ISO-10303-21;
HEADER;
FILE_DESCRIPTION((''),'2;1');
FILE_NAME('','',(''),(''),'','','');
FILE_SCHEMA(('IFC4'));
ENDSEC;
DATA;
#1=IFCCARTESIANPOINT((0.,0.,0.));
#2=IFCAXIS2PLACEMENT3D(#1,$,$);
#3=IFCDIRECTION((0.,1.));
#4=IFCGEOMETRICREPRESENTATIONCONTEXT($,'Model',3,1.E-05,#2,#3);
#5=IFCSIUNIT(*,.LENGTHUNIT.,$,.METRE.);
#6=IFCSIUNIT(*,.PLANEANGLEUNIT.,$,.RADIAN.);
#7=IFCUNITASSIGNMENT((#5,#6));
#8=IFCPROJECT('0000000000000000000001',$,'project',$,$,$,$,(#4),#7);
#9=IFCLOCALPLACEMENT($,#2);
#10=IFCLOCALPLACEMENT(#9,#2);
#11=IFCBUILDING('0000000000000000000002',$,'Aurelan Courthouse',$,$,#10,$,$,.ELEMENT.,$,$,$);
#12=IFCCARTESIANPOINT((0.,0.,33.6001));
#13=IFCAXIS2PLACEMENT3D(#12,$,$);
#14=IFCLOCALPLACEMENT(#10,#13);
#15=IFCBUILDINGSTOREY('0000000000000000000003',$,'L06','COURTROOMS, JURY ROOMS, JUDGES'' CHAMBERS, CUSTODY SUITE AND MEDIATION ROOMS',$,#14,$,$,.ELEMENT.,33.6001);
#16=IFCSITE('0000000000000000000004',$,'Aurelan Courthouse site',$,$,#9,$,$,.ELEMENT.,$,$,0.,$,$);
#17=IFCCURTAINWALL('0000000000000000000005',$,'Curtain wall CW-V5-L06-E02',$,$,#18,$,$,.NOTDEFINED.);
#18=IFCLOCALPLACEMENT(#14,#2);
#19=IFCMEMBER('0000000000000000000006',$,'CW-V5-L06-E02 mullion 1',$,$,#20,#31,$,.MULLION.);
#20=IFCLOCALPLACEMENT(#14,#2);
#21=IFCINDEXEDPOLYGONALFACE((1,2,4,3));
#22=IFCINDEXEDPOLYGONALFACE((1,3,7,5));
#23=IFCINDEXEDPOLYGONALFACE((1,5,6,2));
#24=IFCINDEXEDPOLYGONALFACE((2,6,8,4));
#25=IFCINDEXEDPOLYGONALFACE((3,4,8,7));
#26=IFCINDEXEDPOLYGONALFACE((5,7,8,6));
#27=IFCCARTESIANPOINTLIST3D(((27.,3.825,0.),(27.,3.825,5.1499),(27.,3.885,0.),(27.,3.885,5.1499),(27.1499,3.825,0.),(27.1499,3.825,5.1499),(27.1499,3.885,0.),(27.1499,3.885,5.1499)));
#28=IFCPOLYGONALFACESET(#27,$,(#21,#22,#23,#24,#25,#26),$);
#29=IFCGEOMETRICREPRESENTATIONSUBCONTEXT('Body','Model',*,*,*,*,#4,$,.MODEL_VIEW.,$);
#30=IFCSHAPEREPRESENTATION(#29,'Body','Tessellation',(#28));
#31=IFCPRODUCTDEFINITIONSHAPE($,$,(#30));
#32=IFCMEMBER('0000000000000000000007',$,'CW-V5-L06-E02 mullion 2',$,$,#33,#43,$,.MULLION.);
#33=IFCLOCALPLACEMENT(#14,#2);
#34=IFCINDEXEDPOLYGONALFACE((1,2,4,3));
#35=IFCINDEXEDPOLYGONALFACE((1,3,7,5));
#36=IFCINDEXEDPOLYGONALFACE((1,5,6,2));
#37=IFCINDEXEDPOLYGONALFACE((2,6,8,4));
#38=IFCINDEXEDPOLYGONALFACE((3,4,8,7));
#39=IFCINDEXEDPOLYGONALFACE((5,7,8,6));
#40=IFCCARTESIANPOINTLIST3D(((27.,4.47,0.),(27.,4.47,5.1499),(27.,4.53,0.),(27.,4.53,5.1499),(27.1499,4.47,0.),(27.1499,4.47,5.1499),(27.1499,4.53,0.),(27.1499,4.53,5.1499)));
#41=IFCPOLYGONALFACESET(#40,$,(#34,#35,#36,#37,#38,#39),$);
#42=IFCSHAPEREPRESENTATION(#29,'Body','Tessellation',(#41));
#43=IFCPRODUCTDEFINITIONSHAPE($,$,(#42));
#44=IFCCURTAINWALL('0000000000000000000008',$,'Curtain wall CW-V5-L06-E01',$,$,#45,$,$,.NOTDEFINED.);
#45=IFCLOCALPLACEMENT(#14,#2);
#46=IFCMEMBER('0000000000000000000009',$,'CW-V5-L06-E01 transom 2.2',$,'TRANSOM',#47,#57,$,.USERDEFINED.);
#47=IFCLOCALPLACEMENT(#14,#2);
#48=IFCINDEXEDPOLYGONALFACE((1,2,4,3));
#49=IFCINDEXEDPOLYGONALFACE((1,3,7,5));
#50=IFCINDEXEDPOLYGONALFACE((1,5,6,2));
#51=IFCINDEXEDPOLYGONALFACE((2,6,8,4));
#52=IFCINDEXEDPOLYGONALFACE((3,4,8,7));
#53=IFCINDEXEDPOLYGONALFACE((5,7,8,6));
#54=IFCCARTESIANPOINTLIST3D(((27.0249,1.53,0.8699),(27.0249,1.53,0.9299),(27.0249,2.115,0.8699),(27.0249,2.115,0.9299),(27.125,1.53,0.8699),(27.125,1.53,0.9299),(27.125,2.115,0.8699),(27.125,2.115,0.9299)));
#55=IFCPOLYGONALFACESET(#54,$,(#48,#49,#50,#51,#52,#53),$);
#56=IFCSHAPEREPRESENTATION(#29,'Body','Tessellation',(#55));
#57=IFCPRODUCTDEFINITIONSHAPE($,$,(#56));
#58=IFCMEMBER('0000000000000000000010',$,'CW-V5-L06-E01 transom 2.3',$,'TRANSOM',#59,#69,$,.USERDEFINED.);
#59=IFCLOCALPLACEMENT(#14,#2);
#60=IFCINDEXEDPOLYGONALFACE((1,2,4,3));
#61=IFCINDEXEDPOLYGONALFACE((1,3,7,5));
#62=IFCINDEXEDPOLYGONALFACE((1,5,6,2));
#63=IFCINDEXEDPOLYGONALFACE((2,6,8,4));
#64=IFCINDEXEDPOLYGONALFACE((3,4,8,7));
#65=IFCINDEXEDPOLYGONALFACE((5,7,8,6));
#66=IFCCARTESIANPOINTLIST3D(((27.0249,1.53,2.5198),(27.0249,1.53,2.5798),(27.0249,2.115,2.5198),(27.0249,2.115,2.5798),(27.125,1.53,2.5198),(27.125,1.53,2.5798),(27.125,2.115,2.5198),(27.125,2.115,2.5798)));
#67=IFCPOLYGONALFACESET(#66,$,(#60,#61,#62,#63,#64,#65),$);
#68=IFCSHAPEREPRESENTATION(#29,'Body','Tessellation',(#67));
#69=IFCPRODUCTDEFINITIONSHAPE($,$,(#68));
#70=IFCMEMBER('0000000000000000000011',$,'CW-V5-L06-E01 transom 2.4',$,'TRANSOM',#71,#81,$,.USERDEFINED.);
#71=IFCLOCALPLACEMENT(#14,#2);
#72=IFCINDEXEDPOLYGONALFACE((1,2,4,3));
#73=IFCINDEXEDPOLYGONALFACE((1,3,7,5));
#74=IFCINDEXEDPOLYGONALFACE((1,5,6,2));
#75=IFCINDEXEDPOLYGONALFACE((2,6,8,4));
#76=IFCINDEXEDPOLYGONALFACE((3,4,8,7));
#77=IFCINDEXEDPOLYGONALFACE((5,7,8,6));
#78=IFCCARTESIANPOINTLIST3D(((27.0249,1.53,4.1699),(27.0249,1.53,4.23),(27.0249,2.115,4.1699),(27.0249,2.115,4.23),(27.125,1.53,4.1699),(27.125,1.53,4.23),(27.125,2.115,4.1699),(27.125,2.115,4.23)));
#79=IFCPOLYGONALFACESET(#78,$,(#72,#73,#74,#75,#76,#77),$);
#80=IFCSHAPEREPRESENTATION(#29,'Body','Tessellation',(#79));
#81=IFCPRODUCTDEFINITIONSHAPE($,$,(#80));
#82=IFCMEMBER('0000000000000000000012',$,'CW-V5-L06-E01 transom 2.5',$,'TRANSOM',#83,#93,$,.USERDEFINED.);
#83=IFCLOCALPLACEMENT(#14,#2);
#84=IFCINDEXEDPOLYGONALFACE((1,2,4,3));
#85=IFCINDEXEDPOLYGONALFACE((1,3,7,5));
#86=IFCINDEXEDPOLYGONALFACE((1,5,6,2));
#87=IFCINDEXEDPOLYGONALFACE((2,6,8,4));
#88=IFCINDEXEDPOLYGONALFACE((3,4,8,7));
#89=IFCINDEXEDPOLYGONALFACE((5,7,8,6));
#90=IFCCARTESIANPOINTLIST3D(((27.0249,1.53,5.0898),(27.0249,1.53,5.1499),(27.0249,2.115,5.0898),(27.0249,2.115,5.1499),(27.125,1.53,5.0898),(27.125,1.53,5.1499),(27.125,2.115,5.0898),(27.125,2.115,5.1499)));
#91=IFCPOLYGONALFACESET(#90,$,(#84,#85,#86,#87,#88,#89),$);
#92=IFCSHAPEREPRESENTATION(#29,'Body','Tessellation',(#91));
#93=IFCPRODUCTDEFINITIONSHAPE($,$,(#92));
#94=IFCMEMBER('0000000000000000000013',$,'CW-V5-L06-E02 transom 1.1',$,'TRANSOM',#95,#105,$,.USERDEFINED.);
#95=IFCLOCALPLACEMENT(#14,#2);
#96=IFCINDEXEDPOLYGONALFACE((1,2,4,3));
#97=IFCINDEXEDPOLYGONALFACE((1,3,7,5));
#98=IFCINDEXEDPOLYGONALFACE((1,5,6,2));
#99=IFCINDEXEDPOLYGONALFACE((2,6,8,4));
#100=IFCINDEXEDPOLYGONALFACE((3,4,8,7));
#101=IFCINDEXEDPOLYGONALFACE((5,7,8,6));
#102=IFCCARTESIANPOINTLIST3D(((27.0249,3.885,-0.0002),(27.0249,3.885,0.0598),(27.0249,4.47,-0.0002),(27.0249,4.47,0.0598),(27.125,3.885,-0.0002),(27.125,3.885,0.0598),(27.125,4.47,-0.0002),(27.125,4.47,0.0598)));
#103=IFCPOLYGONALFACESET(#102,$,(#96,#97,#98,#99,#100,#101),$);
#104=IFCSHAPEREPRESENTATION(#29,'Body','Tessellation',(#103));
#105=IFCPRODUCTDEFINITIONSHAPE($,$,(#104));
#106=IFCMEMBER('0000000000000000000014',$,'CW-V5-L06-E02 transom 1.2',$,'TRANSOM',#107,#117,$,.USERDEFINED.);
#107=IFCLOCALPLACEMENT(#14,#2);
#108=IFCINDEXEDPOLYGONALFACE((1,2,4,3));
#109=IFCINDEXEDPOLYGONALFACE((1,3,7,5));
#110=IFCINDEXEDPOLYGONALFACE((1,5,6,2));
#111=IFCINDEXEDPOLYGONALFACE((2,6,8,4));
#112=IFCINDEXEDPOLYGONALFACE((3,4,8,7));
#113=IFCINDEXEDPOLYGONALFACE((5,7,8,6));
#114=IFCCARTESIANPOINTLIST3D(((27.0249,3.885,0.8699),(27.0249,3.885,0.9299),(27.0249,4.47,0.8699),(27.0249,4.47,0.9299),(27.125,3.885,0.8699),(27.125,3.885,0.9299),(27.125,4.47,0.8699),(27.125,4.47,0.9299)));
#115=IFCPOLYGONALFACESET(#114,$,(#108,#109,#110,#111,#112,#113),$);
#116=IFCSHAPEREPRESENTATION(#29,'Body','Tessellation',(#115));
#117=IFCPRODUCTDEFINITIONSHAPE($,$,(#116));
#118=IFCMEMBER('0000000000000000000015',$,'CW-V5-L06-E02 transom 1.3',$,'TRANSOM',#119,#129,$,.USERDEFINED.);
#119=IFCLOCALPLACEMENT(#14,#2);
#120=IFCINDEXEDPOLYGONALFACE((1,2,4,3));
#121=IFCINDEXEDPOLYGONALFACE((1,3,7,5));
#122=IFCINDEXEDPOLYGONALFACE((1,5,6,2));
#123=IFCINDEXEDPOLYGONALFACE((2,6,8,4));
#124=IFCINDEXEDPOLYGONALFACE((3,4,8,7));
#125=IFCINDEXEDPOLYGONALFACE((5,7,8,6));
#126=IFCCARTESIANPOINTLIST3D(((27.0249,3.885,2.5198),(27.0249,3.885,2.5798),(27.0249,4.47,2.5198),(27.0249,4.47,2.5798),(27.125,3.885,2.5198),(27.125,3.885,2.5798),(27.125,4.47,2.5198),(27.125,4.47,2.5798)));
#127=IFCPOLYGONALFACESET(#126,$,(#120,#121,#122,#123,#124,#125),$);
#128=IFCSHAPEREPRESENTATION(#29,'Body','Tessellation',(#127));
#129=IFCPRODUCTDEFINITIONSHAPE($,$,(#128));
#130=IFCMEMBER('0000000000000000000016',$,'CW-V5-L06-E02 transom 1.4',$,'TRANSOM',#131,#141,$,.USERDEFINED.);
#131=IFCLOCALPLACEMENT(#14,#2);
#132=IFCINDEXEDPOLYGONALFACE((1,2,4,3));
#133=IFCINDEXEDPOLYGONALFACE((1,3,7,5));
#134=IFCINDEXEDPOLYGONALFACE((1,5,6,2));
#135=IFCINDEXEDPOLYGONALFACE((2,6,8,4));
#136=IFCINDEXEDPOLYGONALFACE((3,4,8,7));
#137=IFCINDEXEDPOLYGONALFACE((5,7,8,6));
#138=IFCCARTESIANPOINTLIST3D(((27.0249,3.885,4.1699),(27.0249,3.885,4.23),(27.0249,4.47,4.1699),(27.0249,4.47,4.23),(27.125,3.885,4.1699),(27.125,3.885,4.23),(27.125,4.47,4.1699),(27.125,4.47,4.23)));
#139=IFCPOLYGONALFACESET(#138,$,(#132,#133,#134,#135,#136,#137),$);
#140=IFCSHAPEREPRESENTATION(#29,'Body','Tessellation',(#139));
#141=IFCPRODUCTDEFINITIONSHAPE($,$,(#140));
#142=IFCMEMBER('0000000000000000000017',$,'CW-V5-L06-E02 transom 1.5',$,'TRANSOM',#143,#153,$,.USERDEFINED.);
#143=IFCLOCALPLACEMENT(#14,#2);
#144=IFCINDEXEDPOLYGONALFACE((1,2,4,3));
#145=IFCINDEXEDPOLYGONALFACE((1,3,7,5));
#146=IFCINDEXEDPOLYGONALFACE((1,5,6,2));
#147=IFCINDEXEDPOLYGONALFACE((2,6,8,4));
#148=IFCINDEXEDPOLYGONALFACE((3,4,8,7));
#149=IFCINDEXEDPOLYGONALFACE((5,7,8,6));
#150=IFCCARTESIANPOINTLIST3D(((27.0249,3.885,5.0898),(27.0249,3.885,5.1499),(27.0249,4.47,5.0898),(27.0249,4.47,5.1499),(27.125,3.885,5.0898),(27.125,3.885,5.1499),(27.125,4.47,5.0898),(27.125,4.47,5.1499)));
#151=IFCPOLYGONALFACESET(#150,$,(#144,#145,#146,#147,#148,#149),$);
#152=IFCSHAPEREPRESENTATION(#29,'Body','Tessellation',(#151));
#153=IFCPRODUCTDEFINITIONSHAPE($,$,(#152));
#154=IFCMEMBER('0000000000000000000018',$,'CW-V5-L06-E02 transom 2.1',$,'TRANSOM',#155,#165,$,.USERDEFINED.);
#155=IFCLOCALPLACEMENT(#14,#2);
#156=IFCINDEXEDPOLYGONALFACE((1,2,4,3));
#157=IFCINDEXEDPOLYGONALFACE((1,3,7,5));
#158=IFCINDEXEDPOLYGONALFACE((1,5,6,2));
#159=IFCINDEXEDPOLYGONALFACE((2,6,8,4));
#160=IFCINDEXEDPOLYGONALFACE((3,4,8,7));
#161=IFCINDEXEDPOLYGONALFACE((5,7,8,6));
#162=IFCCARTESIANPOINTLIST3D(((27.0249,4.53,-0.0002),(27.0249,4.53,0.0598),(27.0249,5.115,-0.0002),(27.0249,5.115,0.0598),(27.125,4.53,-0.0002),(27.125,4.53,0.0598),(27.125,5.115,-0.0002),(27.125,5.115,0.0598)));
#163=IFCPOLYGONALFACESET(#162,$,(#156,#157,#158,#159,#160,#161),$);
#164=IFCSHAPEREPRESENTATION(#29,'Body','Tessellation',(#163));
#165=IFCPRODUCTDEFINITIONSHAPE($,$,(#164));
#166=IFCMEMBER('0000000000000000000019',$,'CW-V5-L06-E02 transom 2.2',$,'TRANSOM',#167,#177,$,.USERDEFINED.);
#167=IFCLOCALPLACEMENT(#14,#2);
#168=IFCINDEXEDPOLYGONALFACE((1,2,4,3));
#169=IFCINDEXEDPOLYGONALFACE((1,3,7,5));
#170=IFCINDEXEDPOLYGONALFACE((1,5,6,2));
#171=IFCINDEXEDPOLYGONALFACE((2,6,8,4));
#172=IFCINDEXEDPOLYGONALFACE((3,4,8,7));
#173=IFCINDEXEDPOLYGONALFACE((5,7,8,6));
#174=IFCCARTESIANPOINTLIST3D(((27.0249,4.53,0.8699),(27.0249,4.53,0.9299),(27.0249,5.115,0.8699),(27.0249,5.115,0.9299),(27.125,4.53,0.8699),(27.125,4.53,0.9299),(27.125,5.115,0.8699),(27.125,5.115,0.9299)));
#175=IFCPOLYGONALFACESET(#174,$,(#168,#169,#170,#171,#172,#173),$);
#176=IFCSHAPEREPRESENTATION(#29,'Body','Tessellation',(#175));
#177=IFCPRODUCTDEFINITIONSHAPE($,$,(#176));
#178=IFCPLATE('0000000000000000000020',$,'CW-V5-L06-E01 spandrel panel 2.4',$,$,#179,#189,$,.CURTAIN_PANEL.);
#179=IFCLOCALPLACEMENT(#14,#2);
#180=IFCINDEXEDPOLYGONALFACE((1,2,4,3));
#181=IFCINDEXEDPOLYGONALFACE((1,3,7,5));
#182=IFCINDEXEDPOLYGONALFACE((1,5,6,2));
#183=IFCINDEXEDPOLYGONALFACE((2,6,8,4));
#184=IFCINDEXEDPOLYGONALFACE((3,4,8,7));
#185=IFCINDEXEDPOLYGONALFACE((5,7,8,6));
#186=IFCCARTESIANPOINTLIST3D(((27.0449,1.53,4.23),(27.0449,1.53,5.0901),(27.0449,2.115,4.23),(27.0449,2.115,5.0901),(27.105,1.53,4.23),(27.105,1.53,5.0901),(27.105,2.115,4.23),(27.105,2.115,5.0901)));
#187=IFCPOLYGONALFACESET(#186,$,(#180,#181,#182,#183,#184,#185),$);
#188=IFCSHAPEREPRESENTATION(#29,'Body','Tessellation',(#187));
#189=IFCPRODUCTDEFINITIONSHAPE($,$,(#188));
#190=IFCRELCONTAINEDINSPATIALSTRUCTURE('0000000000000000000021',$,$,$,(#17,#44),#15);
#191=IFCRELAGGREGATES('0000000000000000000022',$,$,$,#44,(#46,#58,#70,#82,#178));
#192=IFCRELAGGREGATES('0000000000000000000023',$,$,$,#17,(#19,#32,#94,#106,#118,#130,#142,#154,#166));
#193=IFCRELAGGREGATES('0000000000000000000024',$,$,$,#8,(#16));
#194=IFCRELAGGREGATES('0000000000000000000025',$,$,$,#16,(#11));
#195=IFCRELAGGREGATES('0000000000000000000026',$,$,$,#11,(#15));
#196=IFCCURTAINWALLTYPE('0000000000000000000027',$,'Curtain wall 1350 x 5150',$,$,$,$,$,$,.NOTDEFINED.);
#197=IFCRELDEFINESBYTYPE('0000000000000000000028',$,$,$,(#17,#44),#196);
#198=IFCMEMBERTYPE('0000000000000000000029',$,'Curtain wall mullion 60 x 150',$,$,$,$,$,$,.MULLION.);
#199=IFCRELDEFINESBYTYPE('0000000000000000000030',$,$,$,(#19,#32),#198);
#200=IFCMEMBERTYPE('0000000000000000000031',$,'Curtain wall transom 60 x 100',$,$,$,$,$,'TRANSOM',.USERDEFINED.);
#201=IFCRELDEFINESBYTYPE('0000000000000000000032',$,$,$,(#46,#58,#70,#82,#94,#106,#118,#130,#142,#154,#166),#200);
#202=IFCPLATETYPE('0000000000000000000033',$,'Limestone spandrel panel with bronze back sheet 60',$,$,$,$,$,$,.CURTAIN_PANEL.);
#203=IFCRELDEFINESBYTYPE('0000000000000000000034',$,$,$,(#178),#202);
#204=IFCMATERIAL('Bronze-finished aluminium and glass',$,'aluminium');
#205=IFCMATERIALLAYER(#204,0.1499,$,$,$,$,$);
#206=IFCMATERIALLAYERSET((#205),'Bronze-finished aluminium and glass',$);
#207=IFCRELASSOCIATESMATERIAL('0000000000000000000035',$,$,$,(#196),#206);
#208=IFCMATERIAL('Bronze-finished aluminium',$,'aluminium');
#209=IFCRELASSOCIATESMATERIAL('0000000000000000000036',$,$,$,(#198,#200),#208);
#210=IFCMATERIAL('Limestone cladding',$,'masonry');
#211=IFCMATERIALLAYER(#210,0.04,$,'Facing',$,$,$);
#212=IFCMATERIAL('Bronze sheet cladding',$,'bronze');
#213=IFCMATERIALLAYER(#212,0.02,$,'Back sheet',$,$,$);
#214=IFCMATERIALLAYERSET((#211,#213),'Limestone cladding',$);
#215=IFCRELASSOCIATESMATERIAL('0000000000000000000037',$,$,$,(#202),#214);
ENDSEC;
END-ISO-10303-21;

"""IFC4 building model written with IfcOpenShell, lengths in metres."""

from ifc_helpers import new_model, si_unit, direction, frame, origin, origin_2d, place, context, subcontext, project, spatial, rectangle, extrude, material, layer, layer_set, material_profile, profile_set, type_object, element, aggregate, save


model = new_model("IFC4")

# Units and contexts
model_context = context("Model", 3, precision=1e-05, world=origin(), true_north=direction((0.0, 1.0)))
body_context = subcontext(model_context, "Body", "Model", "MODEL_VIEW")
ifc_project = project(units=[si_unit("LENGTHUNIT", "METRE"), si_unit("PLANEANGLEUNIT", "RADIAN")], contexts=[model_context])

# Site, building, storey
site_placement = place(None, origin())
site = spatial("IfcSite", under=ifc_project, at=site_placement, Name="Aurelan Courthouse site", CompositionType="ELEMENT", RefElevation=0.0)
building_placement = place(site_placement, origin())
building = spatial("IfcBuilding", under=site, at=building_placement, Name="Aurelan Courthouse", CompositionType="ELEMENT")
storey_placement = place(building_placement, frame((0.0, 0.0, 33.6001)))
storey = spatial("IfcBuildingStorey", under=building, at=storey_placement, Name="L06", Description="COURTROOMS, JURY ROOMS, JUDGES' CHAMBERS, CUSTODY SUITE AND MEDIATION ROOMS", CompositionType="ELEMENT", Elevation=33.6001)

# Curtain walls, members
ifc_material_1 = material(Name="Bronze-finished aluminium and glass", Category="aluminium")
ifc_layer_1 = layer(ifc_material_1, 0.1499)
ifc_layer_set_1 = layer_set([ifc_layer_1], Name="Bronze-finished aluminium and glass")
curtain_wall_type = type_object("IfcCurtainWallType", Name="Curtain wall 1350 x 5150", PredefinedType="NOTDEFINED", material=ifc_layer_set_1)
curtain_wall_1_placement = place(storey_placement, origin())
curtain_wall_1 = element("IfcCurtainWall", 1, at=curtain_wall_1_placement, inside=storey, type_object=curtain_wall_type, Name="Curtain wall CW-V5-L06-E02", PredefinedType="NOTDEFINED")
ifc_material_2 = material(Name="Bronze-finished aluminium", Category="aluminium")
ifc_material_profile_1 = material_profile(ifc_material_2, rectangle(XDim=0.1499, YDim=0.0601, at=origin_2d()), Name="Bronze mullion 60 x 150")
ifc_profile_set_1 = profile_set([ifc_material_profile_1], Name="Bronze-finished aluminium")
member_type_1 = type_object("IfcMemberType", Name="Curtain wall mullion 60 x 150", PredefinedType="MULLION", material=ifc_profile_set_1)
member_1_placement = place(storey_placement, frame((27.075, 3.855, 0.0), z_axis=(0.0, 0.0, 1.0), x_axis=(-1.0, 0.0, 0.0)))
member_1 = element("IfcMember", 2, at=member_1_placement, type_object=member_type_1, Name="CW-V5-L06-E02 mullion 1", PredefinedType="MULLION", context=body_context, shape_type="SweptSolid", body=[
    extrude(rectangle(XDim=0.1499, YDim=0.0601, at=origin_2d()), origin(), (0.0, 0.0, 1.0), 5.1499),
])
member_2_placement = place(storey_placement, frame((27.075, 4.5, 0.0), z_axis=(0.0, 0.0, 1.0), x_axis=(-1.0, 0.0, 0.0)))
member_2 = element("IfcMember", 3, at=member_2_placement, type_object=member_type_1, Name="CW-V5-L06-E02 mullion 2", PredefinedType="MULLION", context=body_context, shape_type="SweptSolid", body=[
    extrude(rectangle(XDim=0.1499, YDim=0.0601, at=origin_2d()), origin(), (0.0, 0.0, 1.0), 5.1499),
])
curtain_wall_2_placement = place(storey_placement, origin())
curtain_wall_2 = element("IfcCurtainWall", 4, at=curtain_wall_2_placement, inside=storey, type_object=curtain_wall_type, Name="Curtain wall CW-V5-L06-E01", PredefinedType="NOTDEFINED")
ifc_material_profile_2 = material_profile(ifc_material_2, rectangle(XDim=0.1001, YDim=0.0601, at=origin_2d()), Name="Bronze transom 60 x 100")
ifc_profile_set_2 = profile_set([ifc_material_profile_2], Name="Bronze-finished aluminium")
member_type_2 = type_object("IfcMemberType", Name="Curtain wall transom 60 x 100", ElementType="TRANSOM", PredefinedType="USERDEFINED", material=ifc_profile_set_2)
member_3_placement = place(storey_placement, frame((27.075, 1.53, 0.8999), z_axis=(0.0, 1.0, 0.0), x_axis=(-1.0, 0.0, 0.0)))
member_3 = element("IfcMember", 5, at=member_3_placement, type_object=member_type_2, Name="CW-V5-L06-E01 transom 2.2", ObjectType="TRANSOM", PredefinedType="USERDEFINED", context=body_context, shape_type="SweptSolid", body=[
    extrude(rectangle(XDim=0.1001, YDim=0.0601, at=origin_2d()), origin(), (0.0, 0.0, 1.0), 0.585),
])
member_4_placement = place(storey_placement, frame((27.075, 1.53, 2.5498), z_axis=(0.0, 1.0, 0.0), x_axis=(-1.0, 0.0, 0.0)))
member_4 = element("IfcMember", 6, at=member_4_placement, type_object=member_type_2, Name="CW-V5-L06-E01 transom 2.3", ObjectType="TRANSOM", PredefinedType="USERDEFINED", context=body_context, shape_type="SweptSolid", body=[
    extrude(rectangle(XDim=0.1001, YDim=0.0601, at=origin_2d()), origin(), (0.0, 0.0, 1.0), 0.585),
])
member_5_placement = place(storey_placement, frame((27.075, 1.53, 4.2), z_axis=(0.0, 1.0, 0.0), x_axis=(-1.0, 0.0, 0.0)))
member_5 = element("IfcMember", 7, at=member_5_placement, type_object=member_type_2, Name="CW-V5-L06-E01 transom 2.4", ObjectType="TRANSOM", PredefinedType="USERDEFINED", context=body_context, shape_type="SweptSolid", body=[
    extrude(rectangle(XDim=0.1001, YDim=0.0601, at=origin_2d()), origin(), (0.0, 0.0, 1.0), 0.585),
])
member_6_placement = place(storey_placement, frame((27.075, 1.53, 5.1199), z_axis=(0.0, 1.0, 0.0), x_axis=(-1.0, 0.0, 0.0)))
member_6 = element("IfcMember", 8, at=member_6_placement, type_object=member_type_2, Name="CW-V5-L06-E01 transom 2.5", ObjectType="TRANSOM", PredefinedType="USERDEFINED", context=body_context, shape_type="SweptSolid", body=[
    extrude(rectangle(XDim=0.1001, YDim=0.0601, at=origin_2d()), origin(), (0.0, 0.0, 1.0), 0.585),
])

# Members
member_7_placement = place(storey_placement, frame((27.075, 3.885, 0.0298), z_axis=(0.0, 1.0, 0.0), x_axis=(-1.0, 0.0, 0.0)))
member_7 = element("IfcMember", 9, at=member_7_placement, type_object=member_type_2, Name="CW-V5-L06-E02 transom 1.1", ObjectType="TRANSOM", PredefinedType="USERDEFINED", context=body_context, shape_type="SweptSolid", body=[
    extrude(rectangle(XDim=0.1001, YDim=0.0601, at=origin_2d()), origin(), (0.0, 0.0, 1.0), 0.585),
])
member_8_placement = place(storey_placement, frame((27.075, 3.885, 0.8999), z_axis=(0.0, 1.0, 0.0), x_axis=(-1.0, 0.0, 0.0)))
member_8 = element("IfcMember", 10, at=member_8_placement, type_object=member_type_2, Name="CW-V5-L06-E02 transom 1.2", ObjectType="TRANSOM", PredefinedType="USERDEFINED", context=body_context, shape_type="SweptSolid", body=[
    extrude(rectangle(XDim=0.1001, YDim=0.0601, at=origin_2d()), origin(), (0.0, 0.0, 1.0), 0.585),
])
member_9_placement = place(storey_placement, frame((27.075, 3.885, 2.5498), z_axis=(0.0, 1.0, 0.0), x_axis=(-1.0, 0.0, 0.0)))
member_9 = element("IfcMember", 11, at=member_9_placement, type_object=member_type_2, Name="CW-V5-L06-E02 transom 1.3", ObjectType="TRANSOM", PredefinedType="USERDEFINED", context=body_context, shape_type="SweptSolid", body=[
    extrude(rectangle(XDim=0.1001, YDim=0.0601, at=origin_2d()), origin(), (0.0, 0.0, 1.0), 0.585),
])
member_10_placement = place(storey_placement, frame((27.075, 3.885, 4.2), z_axis=(0.0, 1.0, 0.0), x_axis=(-1.0, 0.0, 0.0)))
member_10 = element("IfcMember", 12, at=member_10_placement, type_object=member_type_2, Name="CW-V5-L06-E02 transom 1.4", ObjectType="TRANSOM", PredefinedType="USERDEFINED", context=body_context, shape_type="SweptSolid", body=[
    extrude(rectangle(XDim=0.1001, YDim=0.0601, at=origin_2d()), origin(), (0.0, 0.0, 1.0), 0.585),
])
member_11_placement = place(storey_placement, frame((27.075, 3.885, 5.1199), z_axis=(0.0, 1.0, 0.0), x_axis=(-1.0, 0.0, 0.0)))
member_11 = element("IfcMember", 13, at=member_11_placement, type_object=member_type_2, Name="CW-V5-L06-E02 transom 1.5", ObjectType="TRANSOM", PredefinedType="USERDEFINED", context=body_context, shape_type="SweptSolid", body=[
    extrude(rectangle(XDim=0.1001, YDim=0.0601, at=origin_2d()), origin(), (0.0, 0.0, 1.0), 0.585),
])
member_12_placement = place(storey_placement, frame((27.075, 4.53, 0.0298), z_axis=(0.0, 1.0, 0.0), x_axis=(-1.0, 0.0, 0.0)))
member_12 = element("IfcMember", 14, at=member_12_placement, type_object=member_type_2, Name="CW-V5-L06-E02 transom 2.1", ObjectType="TRANSOM", PredefinedType="USERDEFINED", context=body_context, shape_type="SweptSolid", body=[
    extrude(rectangle(XDim=0.1001, YDim=0.0601, at=origin_2d()), origin(), (0.0, 0.0, 1.0), 0.585),
])
member_13_placement = place(storey_placement, frame((27.075, 4.53, 0.8999), z_axis=(0.0, 1.0, 0.0), x_axis=(-1.0, 0.0, 0.0)))
member_13 = element("IfcMember", 15, at=member_13_placement, type_object=member_type_2, Name="CW-V5-L06-E02 transom 2.2", ObjectType="TRANSOM", PredefinedType="USERDEFINED", context=body_context, shape_type="SweptSolid", body=[
    extrude(rectangle(XDim=0.1001, YDim=0.0601, at=origin_2d()), origin(), (0.0, 0.0, 1.0), 0.585),
])

# Plate
ifc_material_3 = material(Name="Limestone cladding", Category="masonry")
ifc_layer_2 = layer(ifc_material_3, 0.04, Name="Facing")
ifc_material_4 = material(Name="Bronze sheet cladding", Category="bronze")
ifc_layer_3 = layer(ifc_material_4, 0.02, Name="Back sheet")
ifc_layer_set_2 = layer_set([ifc_layer_2, ifc_layer_3], Name="Limestone cladding")
plate_type_1 = type_object("IfcPlateType", Name="Limestone spandrel panel with bronze back sheet 60", PredefinedType="CURTAIN_PANEL", material=ifc_layer_set_2)
plate_1_placement = place(storey_placement, frame((27.075, 1.8225, 4.23), z_axis=(0.0, 0.0, 1.0), x_axis=(0.0, 1.0, 0.0)))
plate_1 = element("IfcPlate", 16, at=plate_1_placement, type_object=plate_type_1, Name="CW-V5-L06-E01 spandrel panel 2.4", PredefinedType="CURTAIN_PANEL", context=body_context, shape_type="SweptSolid", body=[
    extrude(rectangle(XDim=0.585, YDim=0.0601, at=origin_2d()), origin(), (0.0, 0.0, 1.0), 0.8601),
])
aggregate(curtain_wall_2, [member_3, member_4, member_5, member_6, plate_1])
aggregate(curtain_wall_1, [member_1, member_2, member_7, member_8, member_9, member_10, member_11, member_12, member_13])

save(model, "model.ifc")
